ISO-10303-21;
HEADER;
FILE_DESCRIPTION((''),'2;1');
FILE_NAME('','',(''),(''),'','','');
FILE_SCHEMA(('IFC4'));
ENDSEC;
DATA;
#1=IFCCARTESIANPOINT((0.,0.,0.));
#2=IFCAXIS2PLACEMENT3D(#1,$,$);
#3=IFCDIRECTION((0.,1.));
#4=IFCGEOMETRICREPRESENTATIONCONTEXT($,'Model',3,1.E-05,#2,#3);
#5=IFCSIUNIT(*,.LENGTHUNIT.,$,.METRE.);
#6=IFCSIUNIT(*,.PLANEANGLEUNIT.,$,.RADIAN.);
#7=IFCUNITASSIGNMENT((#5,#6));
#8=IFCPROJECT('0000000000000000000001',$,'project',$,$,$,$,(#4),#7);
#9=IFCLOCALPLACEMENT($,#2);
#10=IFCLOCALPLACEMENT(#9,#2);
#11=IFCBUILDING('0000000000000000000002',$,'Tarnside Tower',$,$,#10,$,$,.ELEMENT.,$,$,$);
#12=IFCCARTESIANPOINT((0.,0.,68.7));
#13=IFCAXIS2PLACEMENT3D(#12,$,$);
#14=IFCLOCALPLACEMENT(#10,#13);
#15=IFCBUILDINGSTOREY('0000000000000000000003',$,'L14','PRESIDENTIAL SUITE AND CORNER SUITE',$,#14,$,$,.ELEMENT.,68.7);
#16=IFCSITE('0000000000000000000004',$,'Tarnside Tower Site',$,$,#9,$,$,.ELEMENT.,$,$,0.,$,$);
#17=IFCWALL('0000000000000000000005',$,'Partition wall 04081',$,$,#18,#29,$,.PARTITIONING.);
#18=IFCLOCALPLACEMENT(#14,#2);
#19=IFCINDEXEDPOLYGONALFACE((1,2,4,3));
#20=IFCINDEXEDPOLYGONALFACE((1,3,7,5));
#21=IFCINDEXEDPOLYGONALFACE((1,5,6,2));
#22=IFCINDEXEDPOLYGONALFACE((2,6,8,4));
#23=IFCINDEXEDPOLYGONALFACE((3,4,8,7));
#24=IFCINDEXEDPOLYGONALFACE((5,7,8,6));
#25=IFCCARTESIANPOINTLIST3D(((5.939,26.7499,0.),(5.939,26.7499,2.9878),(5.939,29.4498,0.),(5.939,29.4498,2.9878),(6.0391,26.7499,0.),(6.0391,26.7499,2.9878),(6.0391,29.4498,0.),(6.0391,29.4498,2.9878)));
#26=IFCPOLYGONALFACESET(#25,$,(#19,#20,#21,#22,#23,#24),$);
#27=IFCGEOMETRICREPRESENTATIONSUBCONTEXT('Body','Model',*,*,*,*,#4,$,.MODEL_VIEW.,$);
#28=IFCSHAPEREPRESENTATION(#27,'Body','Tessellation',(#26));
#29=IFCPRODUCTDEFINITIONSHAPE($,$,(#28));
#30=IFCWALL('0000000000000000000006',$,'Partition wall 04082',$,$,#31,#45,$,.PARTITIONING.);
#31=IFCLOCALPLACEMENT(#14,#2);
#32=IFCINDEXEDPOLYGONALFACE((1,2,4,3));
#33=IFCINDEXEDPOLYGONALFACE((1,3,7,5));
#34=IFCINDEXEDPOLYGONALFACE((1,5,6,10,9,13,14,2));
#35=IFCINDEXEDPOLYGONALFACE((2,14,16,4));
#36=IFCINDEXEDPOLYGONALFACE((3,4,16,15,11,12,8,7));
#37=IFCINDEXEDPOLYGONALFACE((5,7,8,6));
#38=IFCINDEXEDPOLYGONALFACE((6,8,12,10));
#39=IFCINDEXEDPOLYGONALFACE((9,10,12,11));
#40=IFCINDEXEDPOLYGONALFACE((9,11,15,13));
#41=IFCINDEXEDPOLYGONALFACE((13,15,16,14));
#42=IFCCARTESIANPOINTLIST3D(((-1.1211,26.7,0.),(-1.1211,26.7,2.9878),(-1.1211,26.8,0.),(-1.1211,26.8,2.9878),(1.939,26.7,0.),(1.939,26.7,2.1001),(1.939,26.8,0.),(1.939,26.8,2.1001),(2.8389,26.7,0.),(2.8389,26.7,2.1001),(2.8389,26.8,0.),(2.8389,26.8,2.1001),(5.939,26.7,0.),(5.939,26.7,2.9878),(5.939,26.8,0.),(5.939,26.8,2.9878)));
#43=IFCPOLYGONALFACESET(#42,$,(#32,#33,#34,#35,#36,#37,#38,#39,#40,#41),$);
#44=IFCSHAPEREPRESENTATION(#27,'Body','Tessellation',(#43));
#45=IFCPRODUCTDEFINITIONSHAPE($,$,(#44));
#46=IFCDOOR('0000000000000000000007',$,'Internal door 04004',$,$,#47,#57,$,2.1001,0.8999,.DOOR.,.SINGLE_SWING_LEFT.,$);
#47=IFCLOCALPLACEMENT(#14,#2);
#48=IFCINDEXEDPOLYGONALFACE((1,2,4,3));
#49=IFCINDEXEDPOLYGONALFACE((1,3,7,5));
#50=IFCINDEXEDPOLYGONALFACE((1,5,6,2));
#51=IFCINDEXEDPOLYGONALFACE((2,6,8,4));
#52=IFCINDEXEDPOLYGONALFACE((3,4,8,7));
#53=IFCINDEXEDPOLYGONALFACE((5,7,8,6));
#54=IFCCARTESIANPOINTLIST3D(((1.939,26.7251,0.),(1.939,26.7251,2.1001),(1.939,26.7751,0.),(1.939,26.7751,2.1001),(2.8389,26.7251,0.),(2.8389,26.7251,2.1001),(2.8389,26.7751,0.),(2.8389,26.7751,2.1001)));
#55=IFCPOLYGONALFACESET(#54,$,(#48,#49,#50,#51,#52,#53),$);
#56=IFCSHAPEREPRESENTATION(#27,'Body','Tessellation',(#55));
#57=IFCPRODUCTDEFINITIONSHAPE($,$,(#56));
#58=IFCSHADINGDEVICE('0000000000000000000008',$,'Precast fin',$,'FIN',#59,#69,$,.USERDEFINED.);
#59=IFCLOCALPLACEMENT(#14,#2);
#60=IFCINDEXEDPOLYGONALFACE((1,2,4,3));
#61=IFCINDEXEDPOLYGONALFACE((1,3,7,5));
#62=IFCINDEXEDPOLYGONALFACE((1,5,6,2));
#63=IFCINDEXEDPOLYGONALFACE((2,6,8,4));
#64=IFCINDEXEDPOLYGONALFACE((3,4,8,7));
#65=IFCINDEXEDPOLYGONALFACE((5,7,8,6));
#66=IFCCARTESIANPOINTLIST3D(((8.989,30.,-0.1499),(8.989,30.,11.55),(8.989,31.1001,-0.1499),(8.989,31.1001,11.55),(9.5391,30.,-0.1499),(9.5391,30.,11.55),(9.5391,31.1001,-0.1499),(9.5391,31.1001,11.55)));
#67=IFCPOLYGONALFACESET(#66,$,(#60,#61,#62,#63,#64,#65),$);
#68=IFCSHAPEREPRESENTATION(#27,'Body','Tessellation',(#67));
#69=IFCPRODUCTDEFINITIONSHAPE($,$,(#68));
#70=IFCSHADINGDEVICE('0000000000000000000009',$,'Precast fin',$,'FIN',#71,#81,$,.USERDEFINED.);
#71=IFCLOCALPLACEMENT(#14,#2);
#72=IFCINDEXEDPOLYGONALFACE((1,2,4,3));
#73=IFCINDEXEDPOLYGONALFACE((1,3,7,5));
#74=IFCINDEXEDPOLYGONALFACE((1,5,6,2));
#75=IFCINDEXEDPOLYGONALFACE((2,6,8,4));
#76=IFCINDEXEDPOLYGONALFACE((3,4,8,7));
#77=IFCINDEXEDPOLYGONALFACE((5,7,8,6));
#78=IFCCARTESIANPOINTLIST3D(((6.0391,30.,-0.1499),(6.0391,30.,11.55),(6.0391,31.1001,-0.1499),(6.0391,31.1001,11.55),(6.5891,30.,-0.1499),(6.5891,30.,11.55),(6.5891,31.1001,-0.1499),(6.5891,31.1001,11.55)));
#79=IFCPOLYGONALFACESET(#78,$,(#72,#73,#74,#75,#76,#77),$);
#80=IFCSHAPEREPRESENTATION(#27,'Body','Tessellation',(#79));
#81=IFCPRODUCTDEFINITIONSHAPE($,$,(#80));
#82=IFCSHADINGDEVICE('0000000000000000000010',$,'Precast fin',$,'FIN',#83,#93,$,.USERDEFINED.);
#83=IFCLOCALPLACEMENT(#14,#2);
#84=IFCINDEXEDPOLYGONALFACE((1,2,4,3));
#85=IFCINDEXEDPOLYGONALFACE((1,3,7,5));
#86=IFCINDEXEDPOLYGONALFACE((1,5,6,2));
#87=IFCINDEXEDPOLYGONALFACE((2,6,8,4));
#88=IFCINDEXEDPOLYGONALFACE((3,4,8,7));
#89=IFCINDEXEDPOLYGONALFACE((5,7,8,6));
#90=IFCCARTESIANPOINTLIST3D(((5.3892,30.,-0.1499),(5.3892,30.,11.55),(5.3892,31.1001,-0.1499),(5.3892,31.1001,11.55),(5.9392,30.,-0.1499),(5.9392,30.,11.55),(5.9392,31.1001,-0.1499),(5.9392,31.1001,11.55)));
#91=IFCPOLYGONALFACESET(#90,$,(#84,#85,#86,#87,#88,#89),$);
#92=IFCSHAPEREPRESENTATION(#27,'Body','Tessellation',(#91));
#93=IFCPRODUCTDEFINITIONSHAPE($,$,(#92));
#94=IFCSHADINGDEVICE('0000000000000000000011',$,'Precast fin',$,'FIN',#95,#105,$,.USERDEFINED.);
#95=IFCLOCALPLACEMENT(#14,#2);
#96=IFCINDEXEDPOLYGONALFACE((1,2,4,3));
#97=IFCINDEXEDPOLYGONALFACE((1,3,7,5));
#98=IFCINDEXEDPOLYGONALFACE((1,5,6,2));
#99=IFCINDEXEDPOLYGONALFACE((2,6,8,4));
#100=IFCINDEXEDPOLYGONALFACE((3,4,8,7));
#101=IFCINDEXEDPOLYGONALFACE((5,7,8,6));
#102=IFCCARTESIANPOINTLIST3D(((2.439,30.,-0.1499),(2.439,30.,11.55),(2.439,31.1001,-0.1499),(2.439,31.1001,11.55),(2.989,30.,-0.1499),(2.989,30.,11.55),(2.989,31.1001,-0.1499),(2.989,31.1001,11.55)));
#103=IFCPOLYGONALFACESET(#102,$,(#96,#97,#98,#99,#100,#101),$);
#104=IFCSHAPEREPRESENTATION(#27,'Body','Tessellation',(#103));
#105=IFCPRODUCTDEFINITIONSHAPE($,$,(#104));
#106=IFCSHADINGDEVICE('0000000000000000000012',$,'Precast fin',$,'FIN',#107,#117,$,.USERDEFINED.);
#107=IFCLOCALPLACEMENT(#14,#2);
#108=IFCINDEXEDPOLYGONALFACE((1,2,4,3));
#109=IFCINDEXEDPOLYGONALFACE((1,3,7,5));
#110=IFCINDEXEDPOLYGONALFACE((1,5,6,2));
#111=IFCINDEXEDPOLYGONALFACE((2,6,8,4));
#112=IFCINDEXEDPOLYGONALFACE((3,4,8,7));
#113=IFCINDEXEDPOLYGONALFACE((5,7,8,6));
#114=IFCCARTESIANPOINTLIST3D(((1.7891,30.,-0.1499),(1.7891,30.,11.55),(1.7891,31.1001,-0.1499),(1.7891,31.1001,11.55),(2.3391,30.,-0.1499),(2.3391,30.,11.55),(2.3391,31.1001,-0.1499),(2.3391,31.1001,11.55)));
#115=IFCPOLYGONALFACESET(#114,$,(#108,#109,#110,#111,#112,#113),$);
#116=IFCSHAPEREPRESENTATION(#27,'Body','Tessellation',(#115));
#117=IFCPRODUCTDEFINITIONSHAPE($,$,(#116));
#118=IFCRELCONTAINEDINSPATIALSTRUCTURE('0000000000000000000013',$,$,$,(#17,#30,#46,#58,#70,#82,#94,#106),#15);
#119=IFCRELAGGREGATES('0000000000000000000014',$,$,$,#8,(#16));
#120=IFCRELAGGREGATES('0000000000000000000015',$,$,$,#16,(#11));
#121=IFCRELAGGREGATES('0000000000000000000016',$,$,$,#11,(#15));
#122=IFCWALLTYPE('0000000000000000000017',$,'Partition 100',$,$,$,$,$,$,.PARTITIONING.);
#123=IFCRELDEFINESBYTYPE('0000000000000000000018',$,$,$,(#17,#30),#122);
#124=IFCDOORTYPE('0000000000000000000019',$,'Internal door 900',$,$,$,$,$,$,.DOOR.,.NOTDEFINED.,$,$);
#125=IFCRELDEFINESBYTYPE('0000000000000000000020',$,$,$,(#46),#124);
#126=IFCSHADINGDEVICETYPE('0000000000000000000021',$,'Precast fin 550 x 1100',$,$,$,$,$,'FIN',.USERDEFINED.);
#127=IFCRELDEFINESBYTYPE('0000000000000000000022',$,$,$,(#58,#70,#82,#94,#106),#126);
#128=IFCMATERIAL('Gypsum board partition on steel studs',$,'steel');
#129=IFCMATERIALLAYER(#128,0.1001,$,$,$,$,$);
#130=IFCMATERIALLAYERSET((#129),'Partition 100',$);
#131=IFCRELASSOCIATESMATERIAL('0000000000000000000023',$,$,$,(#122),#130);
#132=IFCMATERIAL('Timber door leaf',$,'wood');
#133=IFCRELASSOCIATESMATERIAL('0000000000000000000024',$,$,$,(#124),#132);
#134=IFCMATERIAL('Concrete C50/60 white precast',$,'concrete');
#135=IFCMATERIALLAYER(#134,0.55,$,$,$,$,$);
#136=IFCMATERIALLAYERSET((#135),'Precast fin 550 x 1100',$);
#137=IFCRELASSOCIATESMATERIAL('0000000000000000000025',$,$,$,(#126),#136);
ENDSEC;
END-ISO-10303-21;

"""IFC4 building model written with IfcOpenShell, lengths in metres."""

from ifc_helpers import new_model, si_unit, direction, frame, frame_2d, origin, place, context, subcontext, project, spatial, polyline, rectangle, outline, extrude, material, layer, layer_set, type_object, element, fill, save


model = new_model("IFC4")

# Units and contexts
model_context = context("Model", 3, precision=1e-05, world=origin(), true_north=direction((0.0, 1.0)))
body_context = subcontext(model_context, "Body", "Model", "MODEL_VIEW")
ifc_project = project(units=[si_unit("LENGTHUNIT", "METRE"), si_unit("PLANEANGLEUNIT", "RADIAN")], contexts=[model_context])

# Site, building, storey
site_placement = place(None, origin())
site = spatial("IfcSite", under=ifc_project, at=site_placement, Name="Tarnside Tower Site", CompositionType="ELEMENT", RefElevation=0.0)
building_placement = place(site_placement, origin())
building = spatial("IfcBuilding", under=site, at=building_placement, Name="Tarnside Tower", CompositionType="ELEMENT")
storey_placement = place(building_placement, frame((0.0, 0.0, 68.7)))
storey = spatial("IfcBuildingStorey", under=building, at=storey_placement, Name="L14", Description="PRESIDENTIAL SUITE AND CORNER SUITE", CompositionType="ELEMENT", Elevation=68.7)

# Shared definitions
ifc_material_1 = material(Name="Gypsum board partition on steel studs", Category="steel")
ifc_layer_1 = layer(ifc_material_1, 0.1001)
ifc_layer_set_1 = layer_set([ifc_layer_1], Name="Partition 100")
wall_type = type_object("IfcWallType", Name="Partition 100", PredefinedType="PARTITIONING", material=ifc_layer_set_1)
ifc_material_2 = material(Name="Timber door leaf", Category="wood")
door_type = type_object("IfcDoorType", Name="Internal door 900", OperationType="NOTDEFINED", PredefinedType="DOOR", material=ifc_material_2)

# Wall
wall_1_placement = place(storey_placement, frame((5.989, 29.45, 0.0), z_axis=(0.0, 0.0, 1.0), x_axis=(0.0, -1.0, 0.0)))
element("IfcWall", 1, at=wall_1_placement, inside=storey, type_object=wall_type, Name="Partition wall 04081", PredefinedType="PARTITIONING", context=body_context, shape_type="SweptSolid", body=[
    extrude(rectangle(XDim=2.7, YDim=0.1001, at=frame_2d((1.3501, 0.0))), origin(), (0.0, 0.0, 1.0), 2.9878),
])

# Wall, opening, door
wall_2_placement = place(storey_placement, frame((5.939, 26.75, 0.0), z_axis=(0.0, 0.0, 1.0), x_axis=(-1.0, 0.0, 0.0)))
wall_2 = element("IfcWall", 2, at=wall_2_placement, inside=storey, type_object=wall_type, Name="Partition wall 04082", PredefinedType="PARTITIONING", context=body_context, shape_type="SweptSolid", body=[
    extrude(rectangle(XDim=7.0601, YDim=0.1001, at=frame_2d((3.53, 0.0))), origin(), (0.0, 0.0, 1.0), 2.9878),
])
opening_1_placement = place(wall_2_placement, frame((3.1001, 0.0, 0.0)))
opening_1 = element("IfcOpeningElement", 3, at=opening_1_placement, cuts=wall_2, PredefinedType="OPENING", context=body_context, shape_type="SweptSolid", body=[
    extrude(rectangle(XDim=0.8999, YDim=2.1001, at=frame_2d((0.45, 1.05))), frame((0.0, 0.0601, 0.0), z_axis=(0.0, -1.0, 0.0), x_axis=(1.0, 0.0, 0.0)), (0.0, 0.0, 1.0), 0.1201),
])
door_1_placement = place(opening_1_placement, origin())
door_1 = element("IfcDoor", 4, at=door_1_placement, inside=storey, type_object=door_type, Name="Internal door 04004", OperationType="SINGLE_SWING_LEFT", OverallHeight=2.1001, OverallWidth=0.8999, PredefinedType="DOOR", context=body_context, shape_type="SweptSolid", body=[
    extrude(rectangle(XDim=0.8999, YDim=2.1001, at=frame_2d((0.45, 1.05))), frame((0.0, 0.0249, 0.0), z_axis=(0.0, -1.0, 0.0), x_axis=(1.0, 0.0, 0.0)), (0.0, 0.0, 1.0), 0.05),
])
fill(opening_1, door_1)

# Shading devices
ifc_material_3 = material(Name="Concrete C50/60 white precast", Category="concrete")
ifc_layer_2 = layer(ifc_material_3, 0.55)
ifc_layer_set_2 = layer_set([ifc_layer_2], Name="Precast fin 550 x 1100")
shading_device_type = type_object("IfcShadingDeviceType", Name="Precast fin 550 x 1100", ElementType="FIN", PredefinedType="USERDEFINED", material=ifc_layer_set_2)
for number, where, z_axis, x_axis, name in (
    (5, (9.2639, 30.0, -0.1499), (1.0, 0.0, 0.0), (0.0, 1.0, 0.0), "Precast fin"),
    (6, (6.314, 30.0, -0.1499), (1.0, 0.0, 0.0), (0.0, 1.0, 0.0), "Precast fin"),
    (7, (5.6641, 30.0, -0.1499), (1.0, 0.0, 0.0), (0.0, 1.0, 0.0), "Precast fin"),
    (8, (2.7139, 30.0, -0.1499), (1.0, 0.0, 0.0), (0.0, 1.0, 0.0), "Precast fin"),
    (9, (2.064, 30.0, -0.1499), (1.0, 0.0, 0.0), (0.0, 1.0, 0.0), "Precast fin"),
):
    element("IfcShadingDevice", number, at=place(storey_placement, frame(where, z_axis=z_axis, x_axis=x_axis)), inside=storey, type_object=shading_device_type, Name=name, ObjectType="FIN", PredefinedType="USERDEFINED", context=body_context, shape_type="SweptSolid", body=[
        extrude(outline(polyline([(0.0, 0.0), (1.1001, 0.0), (1.1001, 11.7), (0.0, 11.7), (0.0, 0.0)])), frame((0.0, 0.0, -0.2749)), (0.0, 0.0, 1.0), 0.55),
    ])

save(model, "model.ifc")
